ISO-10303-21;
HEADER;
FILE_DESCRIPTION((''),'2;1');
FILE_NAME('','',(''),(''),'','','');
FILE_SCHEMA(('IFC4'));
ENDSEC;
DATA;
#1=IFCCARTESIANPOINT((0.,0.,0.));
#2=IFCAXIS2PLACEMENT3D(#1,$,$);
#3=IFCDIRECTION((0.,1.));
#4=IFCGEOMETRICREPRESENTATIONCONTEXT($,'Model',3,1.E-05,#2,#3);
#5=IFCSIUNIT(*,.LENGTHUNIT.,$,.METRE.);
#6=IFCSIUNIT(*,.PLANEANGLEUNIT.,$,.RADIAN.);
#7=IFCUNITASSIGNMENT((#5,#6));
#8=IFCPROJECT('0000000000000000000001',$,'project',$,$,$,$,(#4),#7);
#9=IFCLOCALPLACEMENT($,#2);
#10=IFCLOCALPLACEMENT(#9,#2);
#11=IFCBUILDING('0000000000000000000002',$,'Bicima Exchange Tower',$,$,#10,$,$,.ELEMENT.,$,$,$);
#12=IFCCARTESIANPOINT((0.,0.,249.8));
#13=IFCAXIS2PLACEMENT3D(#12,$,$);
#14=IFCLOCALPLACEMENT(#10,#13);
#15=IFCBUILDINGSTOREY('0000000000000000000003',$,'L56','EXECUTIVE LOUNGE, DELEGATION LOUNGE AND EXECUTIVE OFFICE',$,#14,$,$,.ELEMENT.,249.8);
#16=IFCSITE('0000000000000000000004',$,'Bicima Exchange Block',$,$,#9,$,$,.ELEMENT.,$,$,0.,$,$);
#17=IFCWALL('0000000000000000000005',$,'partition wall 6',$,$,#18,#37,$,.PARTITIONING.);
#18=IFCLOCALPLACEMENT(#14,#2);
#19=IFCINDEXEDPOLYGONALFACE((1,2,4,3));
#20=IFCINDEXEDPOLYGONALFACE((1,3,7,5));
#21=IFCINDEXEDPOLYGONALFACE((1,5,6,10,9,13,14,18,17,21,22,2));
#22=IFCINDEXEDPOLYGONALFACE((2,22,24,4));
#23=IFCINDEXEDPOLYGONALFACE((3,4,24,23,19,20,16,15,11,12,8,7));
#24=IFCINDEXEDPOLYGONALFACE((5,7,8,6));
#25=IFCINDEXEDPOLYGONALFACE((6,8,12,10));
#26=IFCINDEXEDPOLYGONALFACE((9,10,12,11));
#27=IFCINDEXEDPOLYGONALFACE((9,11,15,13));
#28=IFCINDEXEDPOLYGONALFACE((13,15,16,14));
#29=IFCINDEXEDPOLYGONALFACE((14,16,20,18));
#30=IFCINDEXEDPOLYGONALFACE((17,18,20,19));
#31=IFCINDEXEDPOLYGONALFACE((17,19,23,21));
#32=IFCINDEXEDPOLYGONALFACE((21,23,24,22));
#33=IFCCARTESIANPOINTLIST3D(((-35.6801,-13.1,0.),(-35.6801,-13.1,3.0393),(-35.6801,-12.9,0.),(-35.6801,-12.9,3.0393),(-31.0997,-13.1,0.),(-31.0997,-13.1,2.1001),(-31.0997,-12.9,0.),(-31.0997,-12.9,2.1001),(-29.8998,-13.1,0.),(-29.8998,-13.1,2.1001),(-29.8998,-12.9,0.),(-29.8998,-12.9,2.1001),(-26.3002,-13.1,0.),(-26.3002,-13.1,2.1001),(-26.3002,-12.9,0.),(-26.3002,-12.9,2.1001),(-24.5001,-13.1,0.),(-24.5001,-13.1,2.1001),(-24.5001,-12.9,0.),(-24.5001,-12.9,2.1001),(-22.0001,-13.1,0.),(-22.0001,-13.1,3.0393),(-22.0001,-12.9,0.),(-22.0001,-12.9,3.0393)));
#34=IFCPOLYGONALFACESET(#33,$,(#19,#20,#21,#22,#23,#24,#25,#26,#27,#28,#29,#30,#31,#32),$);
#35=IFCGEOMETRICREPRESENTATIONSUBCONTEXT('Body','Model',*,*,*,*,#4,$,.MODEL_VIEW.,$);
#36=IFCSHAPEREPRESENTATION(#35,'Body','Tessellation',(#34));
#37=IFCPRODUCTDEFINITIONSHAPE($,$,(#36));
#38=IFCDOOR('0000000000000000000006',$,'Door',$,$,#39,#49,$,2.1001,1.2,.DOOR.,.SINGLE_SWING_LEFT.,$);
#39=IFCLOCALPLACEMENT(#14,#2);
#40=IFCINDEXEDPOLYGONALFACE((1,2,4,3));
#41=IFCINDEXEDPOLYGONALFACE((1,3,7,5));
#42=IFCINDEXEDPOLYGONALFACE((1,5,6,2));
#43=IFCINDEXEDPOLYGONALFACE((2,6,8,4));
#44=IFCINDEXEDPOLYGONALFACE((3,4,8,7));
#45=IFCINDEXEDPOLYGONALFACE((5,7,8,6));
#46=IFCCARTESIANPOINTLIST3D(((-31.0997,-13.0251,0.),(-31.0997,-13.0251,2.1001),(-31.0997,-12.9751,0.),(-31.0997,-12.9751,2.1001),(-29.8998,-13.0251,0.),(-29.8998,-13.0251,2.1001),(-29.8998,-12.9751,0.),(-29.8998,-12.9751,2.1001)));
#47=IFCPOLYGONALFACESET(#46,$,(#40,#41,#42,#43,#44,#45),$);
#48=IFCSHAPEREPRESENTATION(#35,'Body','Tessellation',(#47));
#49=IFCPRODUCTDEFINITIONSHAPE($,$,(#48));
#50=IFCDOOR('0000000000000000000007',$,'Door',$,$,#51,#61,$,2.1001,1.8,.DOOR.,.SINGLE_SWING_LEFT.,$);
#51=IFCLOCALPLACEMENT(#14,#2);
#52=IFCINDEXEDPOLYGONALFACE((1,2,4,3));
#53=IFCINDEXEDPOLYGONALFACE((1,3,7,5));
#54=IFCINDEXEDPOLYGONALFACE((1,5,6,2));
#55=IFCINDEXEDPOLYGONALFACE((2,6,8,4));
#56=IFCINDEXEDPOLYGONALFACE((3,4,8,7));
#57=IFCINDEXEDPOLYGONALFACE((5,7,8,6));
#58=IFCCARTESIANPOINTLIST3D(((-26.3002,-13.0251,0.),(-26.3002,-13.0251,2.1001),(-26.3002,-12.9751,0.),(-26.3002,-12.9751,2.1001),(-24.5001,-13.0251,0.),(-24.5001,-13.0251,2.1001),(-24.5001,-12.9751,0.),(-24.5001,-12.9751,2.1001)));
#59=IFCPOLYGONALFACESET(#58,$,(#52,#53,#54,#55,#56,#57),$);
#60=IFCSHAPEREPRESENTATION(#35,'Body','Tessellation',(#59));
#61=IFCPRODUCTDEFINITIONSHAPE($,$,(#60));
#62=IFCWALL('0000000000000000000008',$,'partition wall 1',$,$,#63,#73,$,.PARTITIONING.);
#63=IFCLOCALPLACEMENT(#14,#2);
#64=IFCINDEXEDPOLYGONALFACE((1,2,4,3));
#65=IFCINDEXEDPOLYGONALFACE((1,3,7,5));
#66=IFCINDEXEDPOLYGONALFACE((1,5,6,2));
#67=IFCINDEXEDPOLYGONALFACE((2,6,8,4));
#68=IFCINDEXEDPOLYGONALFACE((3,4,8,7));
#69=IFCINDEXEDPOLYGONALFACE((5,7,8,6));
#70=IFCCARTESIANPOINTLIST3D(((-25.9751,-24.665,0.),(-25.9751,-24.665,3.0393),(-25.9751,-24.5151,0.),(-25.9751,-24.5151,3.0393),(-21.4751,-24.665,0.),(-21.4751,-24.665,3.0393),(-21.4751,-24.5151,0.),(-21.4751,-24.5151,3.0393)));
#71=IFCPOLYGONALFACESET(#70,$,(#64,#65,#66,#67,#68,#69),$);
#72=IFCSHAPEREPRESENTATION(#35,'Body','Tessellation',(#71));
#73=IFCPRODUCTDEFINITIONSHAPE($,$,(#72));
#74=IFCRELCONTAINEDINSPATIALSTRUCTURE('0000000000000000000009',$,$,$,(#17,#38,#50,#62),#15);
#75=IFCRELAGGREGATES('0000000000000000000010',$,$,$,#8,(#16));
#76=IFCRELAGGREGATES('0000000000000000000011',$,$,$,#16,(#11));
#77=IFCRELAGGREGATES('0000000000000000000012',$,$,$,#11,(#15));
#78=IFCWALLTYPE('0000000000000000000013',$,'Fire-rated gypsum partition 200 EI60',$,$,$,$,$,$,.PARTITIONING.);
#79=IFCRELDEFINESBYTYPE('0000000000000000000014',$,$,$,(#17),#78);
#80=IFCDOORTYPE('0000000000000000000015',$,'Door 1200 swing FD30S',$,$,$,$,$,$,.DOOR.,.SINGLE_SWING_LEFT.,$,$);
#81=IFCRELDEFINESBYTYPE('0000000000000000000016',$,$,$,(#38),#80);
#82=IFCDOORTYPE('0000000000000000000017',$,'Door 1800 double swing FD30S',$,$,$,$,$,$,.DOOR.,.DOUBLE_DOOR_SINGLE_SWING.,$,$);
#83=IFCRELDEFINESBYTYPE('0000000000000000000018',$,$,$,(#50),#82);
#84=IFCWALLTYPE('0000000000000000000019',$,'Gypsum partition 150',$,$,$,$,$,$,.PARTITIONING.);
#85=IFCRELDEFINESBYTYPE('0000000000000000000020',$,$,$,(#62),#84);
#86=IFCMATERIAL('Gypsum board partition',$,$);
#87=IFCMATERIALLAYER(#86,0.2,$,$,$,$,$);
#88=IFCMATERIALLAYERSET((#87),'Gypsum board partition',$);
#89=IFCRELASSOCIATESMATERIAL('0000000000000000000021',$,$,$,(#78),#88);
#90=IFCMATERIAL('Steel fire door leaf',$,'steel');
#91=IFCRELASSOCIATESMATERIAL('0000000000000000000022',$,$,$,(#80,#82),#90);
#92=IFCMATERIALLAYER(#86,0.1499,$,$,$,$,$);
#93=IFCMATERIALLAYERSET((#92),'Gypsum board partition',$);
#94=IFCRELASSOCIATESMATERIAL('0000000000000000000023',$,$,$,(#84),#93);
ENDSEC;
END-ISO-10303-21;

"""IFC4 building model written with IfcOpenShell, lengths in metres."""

from ifc_helpers import new_model, si_unit, direction, frame, frame_2d, origin, place, context, subcontext, project, spatial, rectangle, extrude, material, layer, layer_set, type_object, element, fill, save


model = new_model("IFC4")

# Units and contexts
model_context = context("Model", 3, precision=1e-05, world=origin(), true_north=direction((0.0, 1.0)))
body_context = subcontext(model_context, "Body", "Model", "MODEL_VIEW")
ifc_project = project(units=[si_unit("LENGTHUNIT", "METRE"), si_unit("PLANEANGLEUNIT", "RADIAN")], contexts=[model_context])

# Site, building, storey
site_placement = place(None, origin())
site = spatial("IfcSite", under=ifc_project, at=site_placement, Name="Bicima Exchange Block", CompositionType="ELEMENT", RefElevation=0.0)
building_placement = place(site_placement, origin())
building = spatial("IfcBuilding", under=site, at=building_placement, Name="Bicima Exchange Tower", CompositionType="ELEMENT")
storey_placement = place(building_placement, frame((0.0, 0.0, 249.8)))
storey = spatial("IfcBuildingStorey", under=building, at=storey_placement, Name="L56", Description="EXECUTIVE LOUNGE, DELEGATION LOUNGE AND EXECUTIVE OFFICE", CompositionType="ELEMENT", Elevation=249.8)

# Wall, openings, doors
ifc_material_1 = material(Name="Gypsum board partition")
ifc_layer_1 = layer(ifc_material_1, 0.2)
ifc_layer_set_1 = layer_set([ifc_layer_1], Name="Gypsum board partition")
wall_type_1 = type_object("IfcWallType", Name="Fire-rated gypsum partition 200 EI60", PredefinedType="PARTITIONING", material=ifc_layer_set_1)
ifc_material_2 = material(Name="Steel fire door leaf", Category="steel")
wall_1_placement = place(storey_placement, frame((-35.6799, -13.0, 0.0), z_axis=(0.0, 0.0, 1.0), x_axis=(1.0, 0.0, 0.0)))
wall_1 = element("IfcWall", 1, at=wall_1_placement, inside=storey, type_object=wall_type_1, Name="partition wall 6", PredefinedType="PARTITIONING", context=body_context, shape_type="SweptSolid", body=[
    extrude(rectangle(XDim=13.6799, YDim=0.2, at=frame_2d((6.8398, 0.0))), origin(), (0.0, 0.0, 1.0), 3.0393),
])
opening_1_placement = place(wall_1_placement, frame((4.5801, 0.0, 0.0)))
opening_1 = element("IfcOpeningElement", 2, at=opening_1_placement, cuts=wall_1, PredefinedType="OPENING", context=body_context, shape_type="SweptSolid", body=[
    extrude(rectangle(XDim=1.2, YDim=2.1001, at=frame_2d((0.6001, 1.05))), frame((0.0, 0.1118, 0.0), z_axis=(0.0, -1.0, 0.0), x_axis=(1.0, 0.0, 0.0)), (0.0, 0.0, 1.0), 0.2239),
])
opening_2_placement = place(wall_1_placement, frame((9.3799, 0.0, 0.0)))
opening_2 = element("IfcOpeningElement", 3, at=opening_2_placement, cuts=wall_1, PredefinedType="OPENING", context=body_context, shape_type="SweptSolid", body=[
    extrude(rectangle(XDim=1.8, YDim=2.1001, at=frame_2d((0.8999, 1.05))), frame((0.0, 0.1118, 0.0), z_axis=(0.0, -1.0, 0.0), x_axis=(1.0, 0.0, 0.0)), (0.0, 0.0, 1.0), 0.2239),
])
door_type_1 = type_object("IfcDoorType", Name="Door 1200 swing FD30S", OperationType="SINGLE_SWING_LEFT", PredefinedType="DOOR", material=ifc_material_2)
door_1_placement = place(opening_1_placement, origin())
door_1 = element("IfcDoor", 4, at=door_1_placement, inside=storey, type_object=door_type_1, Name="Door", OperationType="SINGLE_SWING_LEFT", OverallHeight=2.1001, OverallWidth=1.2, PredefinedType="DOOR", context=body_context, shape_type="SweptSolid", body=[
    extrude(rectangle(XDim=1.2, YDim=2.1001, at=frame_2d((0.6001, 1.05))), frame((0.0, 0.0249, 0.0), z_axis=(0.0, -1.0, 0.0), x_axis=(1.0, 0.0, 0.0)), (0.0, 0.0, 1.0), 0.05),
])
fill(opening_1, door_1)
door_type_2 = type_object("IfcDoorType", Name="Door 1800 double swing FD30S", OperationType="DOUBLE_DOOR_SINGLE_SWING", PredefinedType="DOOR", material=ifc_material_2)
door_2_placement = place(opening_2_placement, origin())
door_2 = element("IfcDoor", 5, at=door_2_placement, inside=storey, type_object=door_type_2, Name="Door", OperationType="SINGLE_SWING_LEFT", OverallHeight=2.1001, OverallWidth=1.8, PredefinedType="DOOR", context=body_context, shape_type="SweptSolid", body=[
    extrude(rectangle(XDim=1.8, YDim=2.1001, at=frame_2d((0.8999, 1.05))), frame((0.0, 0.0249, 0.0), z_axis=(0.0, -1.0, 0.0), x_axis=(1.0, 0.0, 0.0)), (0.0, 0.0, 1.0), 0.05),
])
fill(opening_2, door_2)

# Wall
ifc_layer_2 = layer(ifc_material_1, 0.1499)
ifc_layer_set_2 = layer_set([ifc_layer_2], Name="Gypsum board partition")
wall_type_2 = type_object("IfcWallType", Name="Gypsum partition 150", PredefinedType="PARTITIONING", material=ifc_layer_set_2)
wall_2_placement = place(storey_placement, frame((-25.9751, -24.5901, 0.0), z_axis=(0.0, 0.0, 1.0), x_axis=(1.0, 0.0, 0.0)))
element("IfcWall", 6, at=wall_2_placement, inside=storey, type_object=wall_type_2, Name="partition wall 1", PredefinedType="PARTITIONING", context=body_context, shape_type="SweptSolid", body=[
    extrude(rectangle(XDim=4.5, YDim=0.1499, at=frame_2d((2.25, 0.0))), origin(), (0.0, 0.0, 1.0), 3.0393),
])

save(model, "model.ifc")
